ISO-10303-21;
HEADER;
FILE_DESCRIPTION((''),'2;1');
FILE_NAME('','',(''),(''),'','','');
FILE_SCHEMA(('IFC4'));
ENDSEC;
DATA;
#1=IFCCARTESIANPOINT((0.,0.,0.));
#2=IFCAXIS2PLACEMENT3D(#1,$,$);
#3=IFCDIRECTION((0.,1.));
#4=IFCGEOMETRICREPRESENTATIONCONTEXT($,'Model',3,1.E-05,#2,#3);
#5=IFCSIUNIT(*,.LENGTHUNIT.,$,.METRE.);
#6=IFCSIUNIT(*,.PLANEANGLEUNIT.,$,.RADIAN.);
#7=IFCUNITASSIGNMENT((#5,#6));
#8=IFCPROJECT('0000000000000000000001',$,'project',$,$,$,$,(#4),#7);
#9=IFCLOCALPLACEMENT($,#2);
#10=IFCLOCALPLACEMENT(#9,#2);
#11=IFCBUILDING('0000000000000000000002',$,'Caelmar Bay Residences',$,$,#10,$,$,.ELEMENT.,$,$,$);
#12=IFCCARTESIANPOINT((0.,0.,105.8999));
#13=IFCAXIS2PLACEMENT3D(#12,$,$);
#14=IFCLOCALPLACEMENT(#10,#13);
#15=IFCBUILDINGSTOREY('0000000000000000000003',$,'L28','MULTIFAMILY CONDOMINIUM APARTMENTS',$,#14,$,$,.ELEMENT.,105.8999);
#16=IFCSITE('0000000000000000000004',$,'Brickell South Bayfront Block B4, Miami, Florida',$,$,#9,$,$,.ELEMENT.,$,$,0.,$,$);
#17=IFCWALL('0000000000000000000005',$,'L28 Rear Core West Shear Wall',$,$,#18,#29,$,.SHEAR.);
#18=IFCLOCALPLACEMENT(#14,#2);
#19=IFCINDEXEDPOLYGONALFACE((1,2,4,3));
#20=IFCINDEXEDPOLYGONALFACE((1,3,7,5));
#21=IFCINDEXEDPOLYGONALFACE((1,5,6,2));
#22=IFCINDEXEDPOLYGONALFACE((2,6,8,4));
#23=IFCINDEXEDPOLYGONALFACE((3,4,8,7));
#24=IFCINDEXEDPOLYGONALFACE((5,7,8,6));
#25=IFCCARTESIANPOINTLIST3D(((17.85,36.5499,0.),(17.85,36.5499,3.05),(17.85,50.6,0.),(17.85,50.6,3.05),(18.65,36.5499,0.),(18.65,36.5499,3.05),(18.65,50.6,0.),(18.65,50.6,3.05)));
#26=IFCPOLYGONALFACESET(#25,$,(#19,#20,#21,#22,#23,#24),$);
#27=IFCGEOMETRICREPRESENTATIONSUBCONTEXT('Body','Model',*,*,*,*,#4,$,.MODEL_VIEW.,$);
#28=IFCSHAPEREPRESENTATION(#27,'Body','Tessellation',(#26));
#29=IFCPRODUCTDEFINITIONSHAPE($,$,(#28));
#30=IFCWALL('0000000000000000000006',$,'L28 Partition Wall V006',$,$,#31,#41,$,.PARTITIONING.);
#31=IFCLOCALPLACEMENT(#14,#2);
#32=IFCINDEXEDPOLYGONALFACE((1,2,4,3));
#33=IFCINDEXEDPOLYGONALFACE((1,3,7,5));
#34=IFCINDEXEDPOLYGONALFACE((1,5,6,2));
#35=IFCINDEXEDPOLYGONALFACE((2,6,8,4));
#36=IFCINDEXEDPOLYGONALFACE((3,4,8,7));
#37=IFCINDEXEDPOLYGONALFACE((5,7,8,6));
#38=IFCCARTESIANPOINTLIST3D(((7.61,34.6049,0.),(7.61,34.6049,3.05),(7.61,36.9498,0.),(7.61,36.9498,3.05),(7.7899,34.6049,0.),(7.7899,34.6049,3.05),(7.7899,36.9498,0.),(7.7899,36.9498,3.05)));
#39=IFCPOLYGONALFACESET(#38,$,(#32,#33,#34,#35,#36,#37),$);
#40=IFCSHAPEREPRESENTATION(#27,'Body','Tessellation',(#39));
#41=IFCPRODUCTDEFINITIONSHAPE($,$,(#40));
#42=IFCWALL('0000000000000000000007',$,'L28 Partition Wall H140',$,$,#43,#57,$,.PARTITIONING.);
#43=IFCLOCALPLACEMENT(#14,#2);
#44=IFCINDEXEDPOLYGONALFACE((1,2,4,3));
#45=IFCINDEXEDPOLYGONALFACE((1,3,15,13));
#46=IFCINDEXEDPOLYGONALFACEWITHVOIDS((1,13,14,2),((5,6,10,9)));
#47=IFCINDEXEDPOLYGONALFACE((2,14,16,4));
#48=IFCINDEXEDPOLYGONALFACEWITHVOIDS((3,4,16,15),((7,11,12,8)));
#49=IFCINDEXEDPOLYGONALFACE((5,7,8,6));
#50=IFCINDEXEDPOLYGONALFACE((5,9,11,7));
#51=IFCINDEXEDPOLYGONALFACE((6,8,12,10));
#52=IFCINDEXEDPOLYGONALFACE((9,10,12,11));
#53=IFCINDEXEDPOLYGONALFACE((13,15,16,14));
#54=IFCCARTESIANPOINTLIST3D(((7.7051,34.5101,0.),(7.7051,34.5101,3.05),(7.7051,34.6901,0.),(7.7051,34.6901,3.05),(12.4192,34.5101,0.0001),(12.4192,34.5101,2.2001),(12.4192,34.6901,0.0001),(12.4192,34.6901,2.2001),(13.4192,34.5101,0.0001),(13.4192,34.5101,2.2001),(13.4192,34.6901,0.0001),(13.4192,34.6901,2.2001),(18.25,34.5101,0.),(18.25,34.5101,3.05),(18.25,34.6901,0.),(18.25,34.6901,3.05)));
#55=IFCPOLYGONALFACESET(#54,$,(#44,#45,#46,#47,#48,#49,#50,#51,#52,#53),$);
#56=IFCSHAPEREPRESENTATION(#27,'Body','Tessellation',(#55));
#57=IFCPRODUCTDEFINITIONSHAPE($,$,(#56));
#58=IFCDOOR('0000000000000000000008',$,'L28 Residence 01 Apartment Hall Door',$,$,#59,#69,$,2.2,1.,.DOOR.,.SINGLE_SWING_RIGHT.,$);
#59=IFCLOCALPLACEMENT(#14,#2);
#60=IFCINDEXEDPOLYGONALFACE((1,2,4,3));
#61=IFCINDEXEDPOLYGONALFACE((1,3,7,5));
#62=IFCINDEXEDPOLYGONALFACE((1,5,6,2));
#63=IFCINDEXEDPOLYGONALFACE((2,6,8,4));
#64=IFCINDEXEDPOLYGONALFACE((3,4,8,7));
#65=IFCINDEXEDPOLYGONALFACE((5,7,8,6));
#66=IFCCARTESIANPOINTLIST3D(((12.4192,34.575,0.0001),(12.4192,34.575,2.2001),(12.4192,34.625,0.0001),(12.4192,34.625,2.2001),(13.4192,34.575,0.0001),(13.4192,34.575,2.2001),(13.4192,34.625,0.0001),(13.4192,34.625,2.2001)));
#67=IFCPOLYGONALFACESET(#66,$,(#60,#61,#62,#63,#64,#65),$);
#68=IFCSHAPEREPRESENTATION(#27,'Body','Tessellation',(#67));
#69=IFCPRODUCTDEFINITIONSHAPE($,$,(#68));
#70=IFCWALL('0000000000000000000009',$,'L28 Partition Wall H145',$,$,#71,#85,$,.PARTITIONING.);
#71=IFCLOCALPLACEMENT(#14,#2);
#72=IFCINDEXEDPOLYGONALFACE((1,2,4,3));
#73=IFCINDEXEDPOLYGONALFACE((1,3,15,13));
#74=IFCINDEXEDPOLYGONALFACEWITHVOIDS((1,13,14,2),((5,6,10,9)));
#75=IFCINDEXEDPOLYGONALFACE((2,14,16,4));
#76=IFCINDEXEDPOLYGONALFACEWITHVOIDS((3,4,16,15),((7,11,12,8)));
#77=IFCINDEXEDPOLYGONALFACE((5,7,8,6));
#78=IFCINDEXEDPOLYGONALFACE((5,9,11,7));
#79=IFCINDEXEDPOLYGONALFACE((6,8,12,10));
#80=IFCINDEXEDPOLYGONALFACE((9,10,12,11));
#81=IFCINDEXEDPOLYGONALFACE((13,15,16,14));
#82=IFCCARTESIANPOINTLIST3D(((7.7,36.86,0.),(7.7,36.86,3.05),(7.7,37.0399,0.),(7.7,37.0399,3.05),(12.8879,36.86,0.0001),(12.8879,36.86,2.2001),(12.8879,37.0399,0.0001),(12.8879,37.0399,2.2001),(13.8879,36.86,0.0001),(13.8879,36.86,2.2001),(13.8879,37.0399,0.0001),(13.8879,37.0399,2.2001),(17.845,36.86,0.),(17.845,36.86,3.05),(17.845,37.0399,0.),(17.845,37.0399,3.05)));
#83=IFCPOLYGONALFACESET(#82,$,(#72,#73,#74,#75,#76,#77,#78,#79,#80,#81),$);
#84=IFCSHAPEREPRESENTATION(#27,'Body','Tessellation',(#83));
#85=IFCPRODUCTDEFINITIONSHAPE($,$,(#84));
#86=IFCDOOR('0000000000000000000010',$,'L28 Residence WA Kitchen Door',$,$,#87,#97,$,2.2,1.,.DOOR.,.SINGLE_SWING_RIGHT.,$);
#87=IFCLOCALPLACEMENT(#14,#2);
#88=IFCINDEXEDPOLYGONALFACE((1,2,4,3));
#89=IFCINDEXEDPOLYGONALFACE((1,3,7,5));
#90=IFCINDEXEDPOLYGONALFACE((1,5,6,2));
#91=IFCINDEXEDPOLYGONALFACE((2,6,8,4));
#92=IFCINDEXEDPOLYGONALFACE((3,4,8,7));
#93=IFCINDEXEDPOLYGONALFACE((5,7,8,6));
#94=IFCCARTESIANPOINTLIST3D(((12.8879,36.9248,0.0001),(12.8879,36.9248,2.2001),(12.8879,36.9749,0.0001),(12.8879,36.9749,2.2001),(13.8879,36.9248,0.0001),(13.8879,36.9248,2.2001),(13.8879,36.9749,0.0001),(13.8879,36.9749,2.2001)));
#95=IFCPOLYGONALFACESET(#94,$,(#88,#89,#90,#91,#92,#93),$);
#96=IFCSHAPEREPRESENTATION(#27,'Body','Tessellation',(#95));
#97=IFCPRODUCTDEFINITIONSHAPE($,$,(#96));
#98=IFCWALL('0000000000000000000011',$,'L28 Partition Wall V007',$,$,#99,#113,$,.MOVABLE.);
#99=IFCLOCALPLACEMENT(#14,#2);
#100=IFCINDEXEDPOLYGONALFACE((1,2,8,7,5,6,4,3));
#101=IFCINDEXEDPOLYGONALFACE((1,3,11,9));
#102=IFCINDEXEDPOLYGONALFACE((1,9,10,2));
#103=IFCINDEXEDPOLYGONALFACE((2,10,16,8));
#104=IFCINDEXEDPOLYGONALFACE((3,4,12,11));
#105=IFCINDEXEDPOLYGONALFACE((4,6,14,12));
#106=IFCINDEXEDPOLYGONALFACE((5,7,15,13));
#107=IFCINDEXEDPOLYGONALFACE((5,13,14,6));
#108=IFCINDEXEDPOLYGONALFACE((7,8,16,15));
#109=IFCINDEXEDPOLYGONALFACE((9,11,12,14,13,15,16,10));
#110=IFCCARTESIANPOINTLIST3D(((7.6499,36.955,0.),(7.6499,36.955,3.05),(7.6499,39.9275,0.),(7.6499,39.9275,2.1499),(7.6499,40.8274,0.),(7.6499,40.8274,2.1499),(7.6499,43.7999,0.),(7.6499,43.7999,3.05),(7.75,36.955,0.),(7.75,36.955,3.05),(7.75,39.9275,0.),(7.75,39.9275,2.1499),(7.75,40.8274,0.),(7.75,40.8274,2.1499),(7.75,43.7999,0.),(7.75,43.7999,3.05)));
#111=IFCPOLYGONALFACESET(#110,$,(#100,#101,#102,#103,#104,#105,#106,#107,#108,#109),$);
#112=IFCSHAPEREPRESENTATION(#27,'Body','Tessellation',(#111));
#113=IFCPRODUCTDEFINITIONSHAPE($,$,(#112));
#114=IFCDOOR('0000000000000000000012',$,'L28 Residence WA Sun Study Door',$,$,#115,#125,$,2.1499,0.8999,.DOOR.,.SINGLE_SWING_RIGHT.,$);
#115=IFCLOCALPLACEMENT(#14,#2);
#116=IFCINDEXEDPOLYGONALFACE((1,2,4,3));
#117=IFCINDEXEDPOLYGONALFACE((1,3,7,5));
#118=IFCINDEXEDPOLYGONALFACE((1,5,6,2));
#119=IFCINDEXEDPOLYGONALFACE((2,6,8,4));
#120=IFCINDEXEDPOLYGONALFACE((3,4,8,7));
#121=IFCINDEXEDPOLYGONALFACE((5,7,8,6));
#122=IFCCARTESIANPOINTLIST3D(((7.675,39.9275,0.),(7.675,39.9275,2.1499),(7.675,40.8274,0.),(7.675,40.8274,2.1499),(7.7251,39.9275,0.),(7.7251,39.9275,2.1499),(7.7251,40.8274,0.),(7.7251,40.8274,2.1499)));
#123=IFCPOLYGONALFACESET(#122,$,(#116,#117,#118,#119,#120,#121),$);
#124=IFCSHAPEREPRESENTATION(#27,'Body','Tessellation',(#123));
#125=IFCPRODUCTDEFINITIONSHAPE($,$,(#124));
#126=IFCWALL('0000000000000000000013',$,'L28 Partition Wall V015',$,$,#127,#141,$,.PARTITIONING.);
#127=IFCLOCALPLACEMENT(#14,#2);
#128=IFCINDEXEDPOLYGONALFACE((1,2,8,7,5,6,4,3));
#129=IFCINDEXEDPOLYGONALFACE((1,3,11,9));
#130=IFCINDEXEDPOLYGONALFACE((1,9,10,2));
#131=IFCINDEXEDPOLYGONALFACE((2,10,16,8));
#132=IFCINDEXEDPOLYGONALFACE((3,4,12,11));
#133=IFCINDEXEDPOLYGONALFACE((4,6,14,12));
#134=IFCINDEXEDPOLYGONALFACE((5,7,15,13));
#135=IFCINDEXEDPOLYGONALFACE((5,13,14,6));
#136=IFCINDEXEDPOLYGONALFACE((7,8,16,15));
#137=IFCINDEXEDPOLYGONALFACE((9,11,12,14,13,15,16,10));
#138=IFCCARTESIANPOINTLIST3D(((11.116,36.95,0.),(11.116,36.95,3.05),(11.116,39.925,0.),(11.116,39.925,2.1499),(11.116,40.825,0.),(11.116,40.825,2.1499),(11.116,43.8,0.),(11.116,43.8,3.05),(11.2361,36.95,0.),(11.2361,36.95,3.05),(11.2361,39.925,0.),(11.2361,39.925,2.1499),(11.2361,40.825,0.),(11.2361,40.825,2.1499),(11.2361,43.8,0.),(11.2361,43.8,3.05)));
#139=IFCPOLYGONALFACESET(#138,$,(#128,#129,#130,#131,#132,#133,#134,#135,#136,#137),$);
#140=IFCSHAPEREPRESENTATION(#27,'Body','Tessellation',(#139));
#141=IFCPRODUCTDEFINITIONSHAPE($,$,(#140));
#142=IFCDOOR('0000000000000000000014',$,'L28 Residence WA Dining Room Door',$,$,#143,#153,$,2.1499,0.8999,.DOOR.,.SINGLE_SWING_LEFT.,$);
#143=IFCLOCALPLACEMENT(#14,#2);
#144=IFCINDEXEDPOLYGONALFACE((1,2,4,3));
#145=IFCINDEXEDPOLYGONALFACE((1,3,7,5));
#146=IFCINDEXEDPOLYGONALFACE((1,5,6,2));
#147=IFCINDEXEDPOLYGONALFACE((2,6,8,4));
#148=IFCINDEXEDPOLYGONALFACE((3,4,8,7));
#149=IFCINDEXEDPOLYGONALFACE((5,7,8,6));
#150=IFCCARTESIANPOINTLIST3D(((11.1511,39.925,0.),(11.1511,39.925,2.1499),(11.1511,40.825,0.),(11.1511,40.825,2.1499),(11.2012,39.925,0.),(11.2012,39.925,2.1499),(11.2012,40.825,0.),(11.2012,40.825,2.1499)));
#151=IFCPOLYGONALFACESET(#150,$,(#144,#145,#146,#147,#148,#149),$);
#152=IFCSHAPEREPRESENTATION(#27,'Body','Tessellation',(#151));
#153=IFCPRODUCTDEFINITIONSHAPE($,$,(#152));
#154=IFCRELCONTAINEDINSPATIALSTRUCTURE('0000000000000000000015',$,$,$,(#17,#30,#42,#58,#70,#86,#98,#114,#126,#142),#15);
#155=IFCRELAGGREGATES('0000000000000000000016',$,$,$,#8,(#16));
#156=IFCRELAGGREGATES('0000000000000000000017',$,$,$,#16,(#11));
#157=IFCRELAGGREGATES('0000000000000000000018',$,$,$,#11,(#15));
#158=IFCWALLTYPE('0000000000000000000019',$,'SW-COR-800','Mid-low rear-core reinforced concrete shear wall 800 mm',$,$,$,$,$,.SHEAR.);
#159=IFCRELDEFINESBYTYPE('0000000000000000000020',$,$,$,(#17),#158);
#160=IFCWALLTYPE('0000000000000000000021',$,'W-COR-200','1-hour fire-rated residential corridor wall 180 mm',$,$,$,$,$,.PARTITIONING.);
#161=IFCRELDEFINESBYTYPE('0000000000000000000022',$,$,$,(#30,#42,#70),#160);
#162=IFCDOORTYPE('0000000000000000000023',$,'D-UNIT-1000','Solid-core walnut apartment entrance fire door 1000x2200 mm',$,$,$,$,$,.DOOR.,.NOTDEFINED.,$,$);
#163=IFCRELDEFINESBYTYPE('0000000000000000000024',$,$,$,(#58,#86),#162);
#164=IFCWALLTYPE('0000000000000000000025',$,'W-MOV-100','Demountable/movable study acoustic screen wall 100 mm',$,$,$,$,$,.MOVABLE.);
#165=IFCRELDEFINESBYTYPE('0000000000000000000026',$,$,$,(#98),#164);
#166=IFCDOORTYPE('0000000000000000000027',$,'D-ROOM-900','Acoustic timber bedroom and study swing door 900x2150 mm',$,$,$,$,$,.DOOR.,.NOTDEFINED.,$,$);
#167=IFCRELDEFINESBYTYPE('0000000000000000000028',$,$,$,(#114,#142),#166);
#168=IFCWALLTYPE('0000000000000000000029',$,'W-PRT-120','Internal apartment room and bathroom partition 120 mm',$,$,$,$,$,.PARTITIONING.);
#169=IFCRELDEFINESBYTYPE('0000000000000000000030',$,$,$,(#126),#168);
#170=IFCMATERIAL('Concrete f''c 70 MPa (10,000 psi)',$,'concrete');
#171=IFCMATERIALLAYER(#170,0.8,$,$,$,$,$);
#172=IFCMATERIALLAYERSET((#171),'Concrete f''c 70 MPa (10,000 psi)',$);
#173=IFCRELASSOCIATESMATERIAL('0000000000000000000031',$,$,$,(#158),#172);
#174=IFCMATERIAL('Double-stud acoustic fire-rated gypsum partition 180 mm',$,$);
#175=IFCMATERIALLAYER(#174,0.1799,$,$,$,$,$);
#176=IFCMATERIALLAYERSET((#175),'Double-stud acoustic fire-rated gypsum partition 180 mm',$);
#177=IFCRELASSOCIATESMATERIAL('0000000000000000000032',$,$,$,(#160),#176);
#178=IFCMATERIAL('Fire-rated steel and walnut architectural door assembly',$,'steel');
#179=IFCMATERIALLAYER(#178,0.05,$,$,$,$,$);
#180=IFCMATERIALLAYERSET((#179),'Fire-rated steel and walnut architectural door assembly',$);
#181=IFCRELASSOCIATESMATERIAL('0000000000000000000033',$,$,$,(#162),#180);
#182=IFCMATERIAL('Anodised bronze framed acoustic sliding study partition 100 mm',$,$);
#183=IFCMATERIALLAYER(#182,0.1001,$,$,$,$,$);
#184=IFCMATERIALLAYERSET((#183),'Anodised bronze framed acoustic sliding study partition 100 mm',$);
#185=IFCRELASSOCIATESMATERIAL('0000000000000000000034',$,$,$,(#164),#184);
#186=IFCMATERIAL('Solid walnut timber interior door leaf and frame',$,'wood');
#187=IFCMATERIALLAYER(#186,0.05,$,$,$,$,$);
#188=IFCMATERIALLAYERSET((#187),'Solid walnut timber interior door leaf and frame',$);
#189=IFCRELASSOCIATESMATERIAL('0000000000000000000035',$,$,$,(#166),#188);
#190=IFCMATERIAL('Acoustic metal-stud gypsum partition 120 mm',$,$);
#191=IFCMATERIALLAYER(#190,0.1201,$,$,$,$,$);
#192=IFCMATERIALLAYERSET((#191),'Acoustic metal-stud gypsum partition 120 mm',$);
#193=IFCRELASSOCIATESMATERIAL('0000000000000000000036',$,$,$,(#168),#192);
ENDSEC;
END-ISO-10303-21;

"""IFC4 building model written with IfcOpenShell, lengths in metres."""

from ifc_helpers import new_model, si_unit, direction, frame, frame_2d, origin, place, context, subcontext, project, spatial, rectangle, extrude, material, layer, layer_set, type_object, element, fill, save


model = new_model("IFC4")

# Units and contexts
model_context = context("Model", 3, precision=1e-05, world=origin(), true_north=direction((0.0, 1.0)))
body_context = subcontext(model_context, "Body", "Model", "MODEL_VIEW")
ifc_project = project(units=[si_unit("LENGTHUNIT", "METRE"), si_unit("PLANEANGLEUNIT", "RADIAN")], contexts=[model_context])

# Site, building, storey
site_placement = place(None, origin())
site = spatial("IfcSite", under=ifc_project, at=site_placement, Name="Brickell South Bayfront Block B4, Miami, Florida", CompositionType="ELEMENT", RefElevation=0.0)
building_placement = place(site_placement, origin())
building = spatial("IfcBuilding", under=site, at=building_placement, Name="Caelmar Bay Residences", CompositionType="ELEMENT")
storey_placement = place(building_placement, frame((0.0, 0.0, 105.8999)))
storey = spatial("IfcBuildingStorey", under=building, at=storey_placement, Name="L28", Description="MULTIFAMILY CONDOMINIUM APARTMENTS", CompositionType="ELEMENT", Elevation=105.8999)

# Shared definitions
ifc_material_1 = material(Name="Concrete f'c 70 MPa (10,000 psi)", Category="concrete")
ifc_layer_1 = layer(ifc_material_1, 0.8)
ifc_layer_set_1 = layer_set([ifc_layer_1], Name="Concrete f'c 70 MPa (10,000 psi)")
wall_type_1 = type_object("IfcWallType", Name="SW-COR-800", Description="Mid-low rear-core reinforced concrete shear wall 800 mm", PredefinedType="SHEAR", material=ifc_layer_set_1)
ifc_material_2 = material(Name="Fire-rated steel and walnut architectural door assembly", Category="steel")

# Walls
wall_1_placement = place(storey_placement, frame((18.25, 36.55, 0.0), z_axis=(0.0, 0.0, 1.0), x_axis=(0.0, 1.0, 0.0)))
element("IfcWall", 1, at=wall_1_placement, inside=storey, type_object=wall_type_1, Name="L28 Rear Core West Shear Wall", PredefinedType="SHEAR", context=body_context, shape_type="SweptSolid", body=[
    extrude(rectangle(XDim=14.05, YDim=0.8, at=frame_2d((7.0249, 0.0))), origin(), (0.0, 0.0, 1.0), 3.05),
])
ifc_material_3 = material(Name="Double-stud acoustic fire-rated gypsum partition 180 mm")
ifc_layer_2 = layer(ifc_material_3, 0.1799)
ifc_layer_set_2 = layer_set([ifc_layer_2], Name="Double-stud acoustic fire-rated gypsum partition 180 mm")
wall_type_2 = type_object("IfcWallType", Name="W-COR-200", Description="1-hour fire-rated residential corridor wall 180 mm", PredefinedType="PARTITIONING", material=ifc_layer_set_2)
wall_2_placement = place(storey_placement, frame((7.7, 34.605, 0.0), z_axis=(0.0, 0.0, 1.0), x_axis=(0.0, 1.0, 0.0)))
element("IfcWall", 2, at=wall_2_placement, inside=storey, type_object=wall_type_2, Name="L28 Partition Wall V006", PredefinedType="PARTITIONING", context=body_context, shape_type="SweptSolid", body=[
    extrude(rectangle(XDim=2.345, YDim=0.1799, at=frame_2d((1.1724, 0.0))), origin(), (0.0, 0.0, 1.0), 3.05),
])

# Walls, openings, doors
wall_3_placement = place(storey_placement, frame((7.7051, 34.6001, 0.0), z_axis=(0.0, 0.0, 1.0), x_axis=(1.0, 0.0, 0.0)))
wall_3 = element("IfcWall", 3, at=wall_3_placement, inside=storey, type_object=wall_type_2, Name="L28 Partition Wall H140", PredefinedType="PARTITIONING", context=body_context, shape_type="SweptSolid", body=[
    extrude(rectangle(XDim=10.5449, YDim=0.1799, at=frame_2d((5.2725, 0.0))), origin(), (0.0, 0.0, 1.0), 3.05),
])
opening_1_placement = place(wall_3_placement, frame((4.7141, 0.0, 0.0)))
opening_1 = element("IfcOpeningElement", 4, at=opening_1_placement, cuts=wall_3, PredefinedType="OPENING", context=body_context, shape_type="SweptSolid", body=[
    extrude(rectangle(XDim=1.0, YDim=2.2, at=frame_2d((0.5, 1.1001))), frame((0.0, 0.0999, 0.0), z_axis=(0.0, -1.0, 0.0), x_axis=(1.0, 0.0, 0.0)), (0.0, 0.0, 1.0), 0.2),
])
ifc_layer_3 = layer(ifc_material_2, 0.05)
ifc_layer_set_3 = layer_set([ifc_layer_3], Name="Fire-rated steel and walnut architectural door assembly")
door_type_1 = type_object("IfcDoorType", Name="D-UNIT-1000", Description="Solid-core walnut apartment entrance fire door 1000x2200 mm", OperationType="NOTDEFINED", PredefinedType="DOOR", material=ifc_layer_set_3)
door_1_placement = place(opening_1_placement, origin())
door_1 = element("IfcDoor", 5, at=door_1_placement, inside=storey, type_object=door_type_1, Name="L28 Residence 01 Apartment Hall Door", OperationType="SINGLE_SWING_RIGHT", OverallHeight=2.2, OverallWidth=1.0, PredefinedType="DOOR", context=body_context, shape_type="SweptSolid", body=[
    extrude(rectangle(XDim=1.0, YDim=2.2, at=frame_2d((0.5, 1.1001))), frame((0.0, 0.0249, 0.0), z_axis=(0.0, -1.0, 0.0), x_axis=(1.0, 0.0, 0.0)), (0.0, 0.0, 1.0), 0.05),
])
fill(opening_1, door_1)
wall_4_placement = place(storey_placement, frame((7.7, 36.95, 0.0), z_axis=(0.0, 0.0, 1.0), x_axis=(1.0, 0.0, 0.0)))
wall_4 = element("IfcWall", 6, at=wall_4_placement, inside=storey, type_object=wall_type_2, Name="L28 Partition Wall H145", PredefinedType="PARTITIONING", context=body_context, shape_type="SweptSolid", body=[
    extrude(rectangle(XDim=10.145, YDim=0.1799, at=frame_2d((5.0725, 0.0))), origin(), (0.0, 0.0, 1.0), 3.05),
])
opening_2_placement = place(wall_4_placement, frame((5.188, 0.0, 0.0)))
opening_2 = element("IfcOpeningElement", 7, at=opening_2_placement, cuts=wall_4, PredefinedType="OPENING", context=body_context, shape_type="SweptSolid", body=[
    extrude(rectangle(XDim=1.0, YDim=2.2, at=frame_2d((0.5, 1.1001))), frame((0.0, 0.0999, 0.0), z_axis=(0.0, -1.0, 0.0), x_axis=(1.0, 0.0, 0.0)), (0.0, 0.0, 1.0), 0.2),
])
door_2_placement = place(opening_2_placement, origin())
door_2 = element("IfcDoor", 8, at=door_2_placement, inside=storey, type_object=door_type_1, Name="L28 Residence WA Kitchen Door", OperationType="SINGLE_SWING_RIGHT", OverallHeight=2.2, OverallWidth=1.0, PredefinedType="DOOR", context=body_context, shape_type="SweptSolid", body=[
    extrude(rectangle(XDim=1.0, YDim=2.2, at=frame_2d((0.5, 1.1001))), frame((0.0, 0.0249, 0.0), z_axis=(0.0, -1.0, 0.0), x_axis=(1.0, 0.0, 0.0)), (0.0, 0.0, 1.0), 0.05),
])
fill(opening_2, door_2)
ifc_material_4 = material(Name="Anodised bronze framed acoustic sliding study partition 100 mm")
ifc_layer_4 = layer(ifc_material_4, 0.1001)
ifc_layer_set_4 = layer_set([ifc_layer_4], Name="Anodised bronze framed acoustic sliding study partition 100 mm")
wall_type_3 = type_object("IfcWallType", Name="W-MOV-100", Description="Demountable/movable study acoustic screen wall 100 mm", PredefinedType="MOVABLE", material=ifc_layer_set_4)
wall_5_placement = place(storey_placement, frame((7.7, 36.9551, 0.0), z_axis=(0.0, 0.0, 1.0), x_axis=(0.0, 1.0, 0.0)))
wall_5 = element("IfcWall", 9, at=wall_5_placement, inside=storey, type_object=wall_type_3, Name="L28 Partition Wall V007", PredefinedType="MOVABLE", context=body_context, shape_type="SweptSolid", body=[
    extrude(rectangle(XDim=6.845, YDim=0.1001, at=frame_2d((3.4224, 0.0))), origin(), (0.0, 0.0, 1.0), 3.05),
])
opening_3_placement = place(wall_5_placement, frame((2.9724, 0.0, 0.0)))
opening_3 = element("IfcOpeningElement", 10, at=opening_3_placement, cuts=wall_5, PredefinedType="OPENING", context=body_context, shape_type="SweptSolid", body=[
    extrude(rectangle(XDim=0.8999, YDim=2.1499, at=frame_2d((0.45, 1.075))), frame((0.0, 0.0601, 0.0), z_axis=(0.0, -1.0, 0.0), x_axis=(1.0, 0.0, 0.0)), (0.0, 0.0, 1.0), 0.1201),
])
ifc_material_5 = material(Name="Solid walnut timber interior door leaf and frame", Category="wood")
ifc_layer_5 = layer(ifc_material_5, 0.05)
ifc_layer_set_5 = layer_set([ifc_layer_5], Name="Solid walnut timber interior door leaf and frame")
door_type_2 = type_object("IfcDoorType", Name="D-ROOM-900", Description="Acoustic timber bedroom and study swing door 900x2150 mm", OperationType="NOTDEFINED", PredefinedType="DOOR", material=ifc_layer_set_5)
door_3_placement = place(opening_3_placement, origin())
door_3 = element("IfcDoor", 11, at=door_3_placement, inside=storey, type_object=door_type_2, Name="L28 Residence WA Sun Study Door", OperationType="SINGLE_SWING_RIGHT", OverallHeight=2.1499, OverallWidth=0.8999, PredefinedType="DOOR", context=body_context, shape_type="SweptSolid", body=[
    extrude(rectangle(XDim=0.8999, YDim=2.1499, at=frame_2d((0.45, 1.075))), frame((0.0, 0.0249, 0.0), z_axis=(0.0, -1.0, 0.0), x_axis=(1.0, 0.0, 0.0)), (0.0, 0.0, 1.0), 0.05),
])
fill(opening_3, door_3)
ifc_material_6 = material(Name="Acoustic metal-stud gypsum partition 120 mm")
ifc_layer_6 = layer(ifc_material_6, 0.1201)
ifc_layer_set_6 = layer_set([ifc_layer_6], Name="Acoustic metal-stud gypsum partition 120 mm")
wall_type_4 = type_object("IfcWallType", Name="W-PRT-120", Description="Internal apartment room and bathroom partition 120 mm", PredefinedType="PARTITIONING", material=ifc_layer_set_6)
wall_6_placement = place(storey_placement, frame((11.176, 36.95, 0.0), z_axis=(0.0, 0.0, 1.0), x_axis=(0.0, 1.0, 0.0)))
wall_6 = element("IfcWall", 12, at=wall_6_placement, inside=storey, type_object=wall_type_4, Name="L28 Partition Wall V015", PredefinedType="PARTITIONING", context=body_context, shape_type="SweptSolid", body=[
    extrude(rectangle(XDim=6.8501, YDim=0.1201, at=frame_2d((3.425, 0.0))), origin(), (0.0, 0.0, 1.0), 3.05),
])
opening_4_placement = place(wall_6_placement, frame((2.9751, 0.0, 0.0)))
opening_4 = element("IfcOpeningElement", 13, at=opening_4_placement, cuts=wall_6, PredefinedType="OPENING", context=body_context, shape_type="SweptSolid", body=[
    extrude(rectangle(XDim=0.8999, YDim=2.1499, at=frame_2d((0.45, 1.075))), frame((0.0, 0.0701, 0.0), z_axis=(0.0, -1.0, 0.0), x_axis=(1.0, 0.0, 0.0)), (0.0, 0.0, 1.0), 0.1401),
])
door_4_placement = place(opening_4_placement, origin())
door_4 = element("IfcDoor", 14, at=door_4_placement, inside=storey, type_object=door_type_2, Name="L28 Residence WA Dining Room Door", OperationType="SINGLE_SWING_LEFT", OverallHeight=2.1499, OverallWidth=0.8999, PredefinedType="DOOR", context=body_context, shape_type="SweptSolid", body=[
    extrude(rectangle(XDim=0.8999, YDim=2.1499, at=frame_2d((0.45, 1.075))), frame((0.0, 0.0249, 0.0), z_axis=(0.0, -1.0, 0.0), x_axis=(1.0, 0.0, 0.0)), (0.0, 0.0, 1.0), 0.05),
])
fill(opening_4, door_4)

save(model, "model.ifc")
